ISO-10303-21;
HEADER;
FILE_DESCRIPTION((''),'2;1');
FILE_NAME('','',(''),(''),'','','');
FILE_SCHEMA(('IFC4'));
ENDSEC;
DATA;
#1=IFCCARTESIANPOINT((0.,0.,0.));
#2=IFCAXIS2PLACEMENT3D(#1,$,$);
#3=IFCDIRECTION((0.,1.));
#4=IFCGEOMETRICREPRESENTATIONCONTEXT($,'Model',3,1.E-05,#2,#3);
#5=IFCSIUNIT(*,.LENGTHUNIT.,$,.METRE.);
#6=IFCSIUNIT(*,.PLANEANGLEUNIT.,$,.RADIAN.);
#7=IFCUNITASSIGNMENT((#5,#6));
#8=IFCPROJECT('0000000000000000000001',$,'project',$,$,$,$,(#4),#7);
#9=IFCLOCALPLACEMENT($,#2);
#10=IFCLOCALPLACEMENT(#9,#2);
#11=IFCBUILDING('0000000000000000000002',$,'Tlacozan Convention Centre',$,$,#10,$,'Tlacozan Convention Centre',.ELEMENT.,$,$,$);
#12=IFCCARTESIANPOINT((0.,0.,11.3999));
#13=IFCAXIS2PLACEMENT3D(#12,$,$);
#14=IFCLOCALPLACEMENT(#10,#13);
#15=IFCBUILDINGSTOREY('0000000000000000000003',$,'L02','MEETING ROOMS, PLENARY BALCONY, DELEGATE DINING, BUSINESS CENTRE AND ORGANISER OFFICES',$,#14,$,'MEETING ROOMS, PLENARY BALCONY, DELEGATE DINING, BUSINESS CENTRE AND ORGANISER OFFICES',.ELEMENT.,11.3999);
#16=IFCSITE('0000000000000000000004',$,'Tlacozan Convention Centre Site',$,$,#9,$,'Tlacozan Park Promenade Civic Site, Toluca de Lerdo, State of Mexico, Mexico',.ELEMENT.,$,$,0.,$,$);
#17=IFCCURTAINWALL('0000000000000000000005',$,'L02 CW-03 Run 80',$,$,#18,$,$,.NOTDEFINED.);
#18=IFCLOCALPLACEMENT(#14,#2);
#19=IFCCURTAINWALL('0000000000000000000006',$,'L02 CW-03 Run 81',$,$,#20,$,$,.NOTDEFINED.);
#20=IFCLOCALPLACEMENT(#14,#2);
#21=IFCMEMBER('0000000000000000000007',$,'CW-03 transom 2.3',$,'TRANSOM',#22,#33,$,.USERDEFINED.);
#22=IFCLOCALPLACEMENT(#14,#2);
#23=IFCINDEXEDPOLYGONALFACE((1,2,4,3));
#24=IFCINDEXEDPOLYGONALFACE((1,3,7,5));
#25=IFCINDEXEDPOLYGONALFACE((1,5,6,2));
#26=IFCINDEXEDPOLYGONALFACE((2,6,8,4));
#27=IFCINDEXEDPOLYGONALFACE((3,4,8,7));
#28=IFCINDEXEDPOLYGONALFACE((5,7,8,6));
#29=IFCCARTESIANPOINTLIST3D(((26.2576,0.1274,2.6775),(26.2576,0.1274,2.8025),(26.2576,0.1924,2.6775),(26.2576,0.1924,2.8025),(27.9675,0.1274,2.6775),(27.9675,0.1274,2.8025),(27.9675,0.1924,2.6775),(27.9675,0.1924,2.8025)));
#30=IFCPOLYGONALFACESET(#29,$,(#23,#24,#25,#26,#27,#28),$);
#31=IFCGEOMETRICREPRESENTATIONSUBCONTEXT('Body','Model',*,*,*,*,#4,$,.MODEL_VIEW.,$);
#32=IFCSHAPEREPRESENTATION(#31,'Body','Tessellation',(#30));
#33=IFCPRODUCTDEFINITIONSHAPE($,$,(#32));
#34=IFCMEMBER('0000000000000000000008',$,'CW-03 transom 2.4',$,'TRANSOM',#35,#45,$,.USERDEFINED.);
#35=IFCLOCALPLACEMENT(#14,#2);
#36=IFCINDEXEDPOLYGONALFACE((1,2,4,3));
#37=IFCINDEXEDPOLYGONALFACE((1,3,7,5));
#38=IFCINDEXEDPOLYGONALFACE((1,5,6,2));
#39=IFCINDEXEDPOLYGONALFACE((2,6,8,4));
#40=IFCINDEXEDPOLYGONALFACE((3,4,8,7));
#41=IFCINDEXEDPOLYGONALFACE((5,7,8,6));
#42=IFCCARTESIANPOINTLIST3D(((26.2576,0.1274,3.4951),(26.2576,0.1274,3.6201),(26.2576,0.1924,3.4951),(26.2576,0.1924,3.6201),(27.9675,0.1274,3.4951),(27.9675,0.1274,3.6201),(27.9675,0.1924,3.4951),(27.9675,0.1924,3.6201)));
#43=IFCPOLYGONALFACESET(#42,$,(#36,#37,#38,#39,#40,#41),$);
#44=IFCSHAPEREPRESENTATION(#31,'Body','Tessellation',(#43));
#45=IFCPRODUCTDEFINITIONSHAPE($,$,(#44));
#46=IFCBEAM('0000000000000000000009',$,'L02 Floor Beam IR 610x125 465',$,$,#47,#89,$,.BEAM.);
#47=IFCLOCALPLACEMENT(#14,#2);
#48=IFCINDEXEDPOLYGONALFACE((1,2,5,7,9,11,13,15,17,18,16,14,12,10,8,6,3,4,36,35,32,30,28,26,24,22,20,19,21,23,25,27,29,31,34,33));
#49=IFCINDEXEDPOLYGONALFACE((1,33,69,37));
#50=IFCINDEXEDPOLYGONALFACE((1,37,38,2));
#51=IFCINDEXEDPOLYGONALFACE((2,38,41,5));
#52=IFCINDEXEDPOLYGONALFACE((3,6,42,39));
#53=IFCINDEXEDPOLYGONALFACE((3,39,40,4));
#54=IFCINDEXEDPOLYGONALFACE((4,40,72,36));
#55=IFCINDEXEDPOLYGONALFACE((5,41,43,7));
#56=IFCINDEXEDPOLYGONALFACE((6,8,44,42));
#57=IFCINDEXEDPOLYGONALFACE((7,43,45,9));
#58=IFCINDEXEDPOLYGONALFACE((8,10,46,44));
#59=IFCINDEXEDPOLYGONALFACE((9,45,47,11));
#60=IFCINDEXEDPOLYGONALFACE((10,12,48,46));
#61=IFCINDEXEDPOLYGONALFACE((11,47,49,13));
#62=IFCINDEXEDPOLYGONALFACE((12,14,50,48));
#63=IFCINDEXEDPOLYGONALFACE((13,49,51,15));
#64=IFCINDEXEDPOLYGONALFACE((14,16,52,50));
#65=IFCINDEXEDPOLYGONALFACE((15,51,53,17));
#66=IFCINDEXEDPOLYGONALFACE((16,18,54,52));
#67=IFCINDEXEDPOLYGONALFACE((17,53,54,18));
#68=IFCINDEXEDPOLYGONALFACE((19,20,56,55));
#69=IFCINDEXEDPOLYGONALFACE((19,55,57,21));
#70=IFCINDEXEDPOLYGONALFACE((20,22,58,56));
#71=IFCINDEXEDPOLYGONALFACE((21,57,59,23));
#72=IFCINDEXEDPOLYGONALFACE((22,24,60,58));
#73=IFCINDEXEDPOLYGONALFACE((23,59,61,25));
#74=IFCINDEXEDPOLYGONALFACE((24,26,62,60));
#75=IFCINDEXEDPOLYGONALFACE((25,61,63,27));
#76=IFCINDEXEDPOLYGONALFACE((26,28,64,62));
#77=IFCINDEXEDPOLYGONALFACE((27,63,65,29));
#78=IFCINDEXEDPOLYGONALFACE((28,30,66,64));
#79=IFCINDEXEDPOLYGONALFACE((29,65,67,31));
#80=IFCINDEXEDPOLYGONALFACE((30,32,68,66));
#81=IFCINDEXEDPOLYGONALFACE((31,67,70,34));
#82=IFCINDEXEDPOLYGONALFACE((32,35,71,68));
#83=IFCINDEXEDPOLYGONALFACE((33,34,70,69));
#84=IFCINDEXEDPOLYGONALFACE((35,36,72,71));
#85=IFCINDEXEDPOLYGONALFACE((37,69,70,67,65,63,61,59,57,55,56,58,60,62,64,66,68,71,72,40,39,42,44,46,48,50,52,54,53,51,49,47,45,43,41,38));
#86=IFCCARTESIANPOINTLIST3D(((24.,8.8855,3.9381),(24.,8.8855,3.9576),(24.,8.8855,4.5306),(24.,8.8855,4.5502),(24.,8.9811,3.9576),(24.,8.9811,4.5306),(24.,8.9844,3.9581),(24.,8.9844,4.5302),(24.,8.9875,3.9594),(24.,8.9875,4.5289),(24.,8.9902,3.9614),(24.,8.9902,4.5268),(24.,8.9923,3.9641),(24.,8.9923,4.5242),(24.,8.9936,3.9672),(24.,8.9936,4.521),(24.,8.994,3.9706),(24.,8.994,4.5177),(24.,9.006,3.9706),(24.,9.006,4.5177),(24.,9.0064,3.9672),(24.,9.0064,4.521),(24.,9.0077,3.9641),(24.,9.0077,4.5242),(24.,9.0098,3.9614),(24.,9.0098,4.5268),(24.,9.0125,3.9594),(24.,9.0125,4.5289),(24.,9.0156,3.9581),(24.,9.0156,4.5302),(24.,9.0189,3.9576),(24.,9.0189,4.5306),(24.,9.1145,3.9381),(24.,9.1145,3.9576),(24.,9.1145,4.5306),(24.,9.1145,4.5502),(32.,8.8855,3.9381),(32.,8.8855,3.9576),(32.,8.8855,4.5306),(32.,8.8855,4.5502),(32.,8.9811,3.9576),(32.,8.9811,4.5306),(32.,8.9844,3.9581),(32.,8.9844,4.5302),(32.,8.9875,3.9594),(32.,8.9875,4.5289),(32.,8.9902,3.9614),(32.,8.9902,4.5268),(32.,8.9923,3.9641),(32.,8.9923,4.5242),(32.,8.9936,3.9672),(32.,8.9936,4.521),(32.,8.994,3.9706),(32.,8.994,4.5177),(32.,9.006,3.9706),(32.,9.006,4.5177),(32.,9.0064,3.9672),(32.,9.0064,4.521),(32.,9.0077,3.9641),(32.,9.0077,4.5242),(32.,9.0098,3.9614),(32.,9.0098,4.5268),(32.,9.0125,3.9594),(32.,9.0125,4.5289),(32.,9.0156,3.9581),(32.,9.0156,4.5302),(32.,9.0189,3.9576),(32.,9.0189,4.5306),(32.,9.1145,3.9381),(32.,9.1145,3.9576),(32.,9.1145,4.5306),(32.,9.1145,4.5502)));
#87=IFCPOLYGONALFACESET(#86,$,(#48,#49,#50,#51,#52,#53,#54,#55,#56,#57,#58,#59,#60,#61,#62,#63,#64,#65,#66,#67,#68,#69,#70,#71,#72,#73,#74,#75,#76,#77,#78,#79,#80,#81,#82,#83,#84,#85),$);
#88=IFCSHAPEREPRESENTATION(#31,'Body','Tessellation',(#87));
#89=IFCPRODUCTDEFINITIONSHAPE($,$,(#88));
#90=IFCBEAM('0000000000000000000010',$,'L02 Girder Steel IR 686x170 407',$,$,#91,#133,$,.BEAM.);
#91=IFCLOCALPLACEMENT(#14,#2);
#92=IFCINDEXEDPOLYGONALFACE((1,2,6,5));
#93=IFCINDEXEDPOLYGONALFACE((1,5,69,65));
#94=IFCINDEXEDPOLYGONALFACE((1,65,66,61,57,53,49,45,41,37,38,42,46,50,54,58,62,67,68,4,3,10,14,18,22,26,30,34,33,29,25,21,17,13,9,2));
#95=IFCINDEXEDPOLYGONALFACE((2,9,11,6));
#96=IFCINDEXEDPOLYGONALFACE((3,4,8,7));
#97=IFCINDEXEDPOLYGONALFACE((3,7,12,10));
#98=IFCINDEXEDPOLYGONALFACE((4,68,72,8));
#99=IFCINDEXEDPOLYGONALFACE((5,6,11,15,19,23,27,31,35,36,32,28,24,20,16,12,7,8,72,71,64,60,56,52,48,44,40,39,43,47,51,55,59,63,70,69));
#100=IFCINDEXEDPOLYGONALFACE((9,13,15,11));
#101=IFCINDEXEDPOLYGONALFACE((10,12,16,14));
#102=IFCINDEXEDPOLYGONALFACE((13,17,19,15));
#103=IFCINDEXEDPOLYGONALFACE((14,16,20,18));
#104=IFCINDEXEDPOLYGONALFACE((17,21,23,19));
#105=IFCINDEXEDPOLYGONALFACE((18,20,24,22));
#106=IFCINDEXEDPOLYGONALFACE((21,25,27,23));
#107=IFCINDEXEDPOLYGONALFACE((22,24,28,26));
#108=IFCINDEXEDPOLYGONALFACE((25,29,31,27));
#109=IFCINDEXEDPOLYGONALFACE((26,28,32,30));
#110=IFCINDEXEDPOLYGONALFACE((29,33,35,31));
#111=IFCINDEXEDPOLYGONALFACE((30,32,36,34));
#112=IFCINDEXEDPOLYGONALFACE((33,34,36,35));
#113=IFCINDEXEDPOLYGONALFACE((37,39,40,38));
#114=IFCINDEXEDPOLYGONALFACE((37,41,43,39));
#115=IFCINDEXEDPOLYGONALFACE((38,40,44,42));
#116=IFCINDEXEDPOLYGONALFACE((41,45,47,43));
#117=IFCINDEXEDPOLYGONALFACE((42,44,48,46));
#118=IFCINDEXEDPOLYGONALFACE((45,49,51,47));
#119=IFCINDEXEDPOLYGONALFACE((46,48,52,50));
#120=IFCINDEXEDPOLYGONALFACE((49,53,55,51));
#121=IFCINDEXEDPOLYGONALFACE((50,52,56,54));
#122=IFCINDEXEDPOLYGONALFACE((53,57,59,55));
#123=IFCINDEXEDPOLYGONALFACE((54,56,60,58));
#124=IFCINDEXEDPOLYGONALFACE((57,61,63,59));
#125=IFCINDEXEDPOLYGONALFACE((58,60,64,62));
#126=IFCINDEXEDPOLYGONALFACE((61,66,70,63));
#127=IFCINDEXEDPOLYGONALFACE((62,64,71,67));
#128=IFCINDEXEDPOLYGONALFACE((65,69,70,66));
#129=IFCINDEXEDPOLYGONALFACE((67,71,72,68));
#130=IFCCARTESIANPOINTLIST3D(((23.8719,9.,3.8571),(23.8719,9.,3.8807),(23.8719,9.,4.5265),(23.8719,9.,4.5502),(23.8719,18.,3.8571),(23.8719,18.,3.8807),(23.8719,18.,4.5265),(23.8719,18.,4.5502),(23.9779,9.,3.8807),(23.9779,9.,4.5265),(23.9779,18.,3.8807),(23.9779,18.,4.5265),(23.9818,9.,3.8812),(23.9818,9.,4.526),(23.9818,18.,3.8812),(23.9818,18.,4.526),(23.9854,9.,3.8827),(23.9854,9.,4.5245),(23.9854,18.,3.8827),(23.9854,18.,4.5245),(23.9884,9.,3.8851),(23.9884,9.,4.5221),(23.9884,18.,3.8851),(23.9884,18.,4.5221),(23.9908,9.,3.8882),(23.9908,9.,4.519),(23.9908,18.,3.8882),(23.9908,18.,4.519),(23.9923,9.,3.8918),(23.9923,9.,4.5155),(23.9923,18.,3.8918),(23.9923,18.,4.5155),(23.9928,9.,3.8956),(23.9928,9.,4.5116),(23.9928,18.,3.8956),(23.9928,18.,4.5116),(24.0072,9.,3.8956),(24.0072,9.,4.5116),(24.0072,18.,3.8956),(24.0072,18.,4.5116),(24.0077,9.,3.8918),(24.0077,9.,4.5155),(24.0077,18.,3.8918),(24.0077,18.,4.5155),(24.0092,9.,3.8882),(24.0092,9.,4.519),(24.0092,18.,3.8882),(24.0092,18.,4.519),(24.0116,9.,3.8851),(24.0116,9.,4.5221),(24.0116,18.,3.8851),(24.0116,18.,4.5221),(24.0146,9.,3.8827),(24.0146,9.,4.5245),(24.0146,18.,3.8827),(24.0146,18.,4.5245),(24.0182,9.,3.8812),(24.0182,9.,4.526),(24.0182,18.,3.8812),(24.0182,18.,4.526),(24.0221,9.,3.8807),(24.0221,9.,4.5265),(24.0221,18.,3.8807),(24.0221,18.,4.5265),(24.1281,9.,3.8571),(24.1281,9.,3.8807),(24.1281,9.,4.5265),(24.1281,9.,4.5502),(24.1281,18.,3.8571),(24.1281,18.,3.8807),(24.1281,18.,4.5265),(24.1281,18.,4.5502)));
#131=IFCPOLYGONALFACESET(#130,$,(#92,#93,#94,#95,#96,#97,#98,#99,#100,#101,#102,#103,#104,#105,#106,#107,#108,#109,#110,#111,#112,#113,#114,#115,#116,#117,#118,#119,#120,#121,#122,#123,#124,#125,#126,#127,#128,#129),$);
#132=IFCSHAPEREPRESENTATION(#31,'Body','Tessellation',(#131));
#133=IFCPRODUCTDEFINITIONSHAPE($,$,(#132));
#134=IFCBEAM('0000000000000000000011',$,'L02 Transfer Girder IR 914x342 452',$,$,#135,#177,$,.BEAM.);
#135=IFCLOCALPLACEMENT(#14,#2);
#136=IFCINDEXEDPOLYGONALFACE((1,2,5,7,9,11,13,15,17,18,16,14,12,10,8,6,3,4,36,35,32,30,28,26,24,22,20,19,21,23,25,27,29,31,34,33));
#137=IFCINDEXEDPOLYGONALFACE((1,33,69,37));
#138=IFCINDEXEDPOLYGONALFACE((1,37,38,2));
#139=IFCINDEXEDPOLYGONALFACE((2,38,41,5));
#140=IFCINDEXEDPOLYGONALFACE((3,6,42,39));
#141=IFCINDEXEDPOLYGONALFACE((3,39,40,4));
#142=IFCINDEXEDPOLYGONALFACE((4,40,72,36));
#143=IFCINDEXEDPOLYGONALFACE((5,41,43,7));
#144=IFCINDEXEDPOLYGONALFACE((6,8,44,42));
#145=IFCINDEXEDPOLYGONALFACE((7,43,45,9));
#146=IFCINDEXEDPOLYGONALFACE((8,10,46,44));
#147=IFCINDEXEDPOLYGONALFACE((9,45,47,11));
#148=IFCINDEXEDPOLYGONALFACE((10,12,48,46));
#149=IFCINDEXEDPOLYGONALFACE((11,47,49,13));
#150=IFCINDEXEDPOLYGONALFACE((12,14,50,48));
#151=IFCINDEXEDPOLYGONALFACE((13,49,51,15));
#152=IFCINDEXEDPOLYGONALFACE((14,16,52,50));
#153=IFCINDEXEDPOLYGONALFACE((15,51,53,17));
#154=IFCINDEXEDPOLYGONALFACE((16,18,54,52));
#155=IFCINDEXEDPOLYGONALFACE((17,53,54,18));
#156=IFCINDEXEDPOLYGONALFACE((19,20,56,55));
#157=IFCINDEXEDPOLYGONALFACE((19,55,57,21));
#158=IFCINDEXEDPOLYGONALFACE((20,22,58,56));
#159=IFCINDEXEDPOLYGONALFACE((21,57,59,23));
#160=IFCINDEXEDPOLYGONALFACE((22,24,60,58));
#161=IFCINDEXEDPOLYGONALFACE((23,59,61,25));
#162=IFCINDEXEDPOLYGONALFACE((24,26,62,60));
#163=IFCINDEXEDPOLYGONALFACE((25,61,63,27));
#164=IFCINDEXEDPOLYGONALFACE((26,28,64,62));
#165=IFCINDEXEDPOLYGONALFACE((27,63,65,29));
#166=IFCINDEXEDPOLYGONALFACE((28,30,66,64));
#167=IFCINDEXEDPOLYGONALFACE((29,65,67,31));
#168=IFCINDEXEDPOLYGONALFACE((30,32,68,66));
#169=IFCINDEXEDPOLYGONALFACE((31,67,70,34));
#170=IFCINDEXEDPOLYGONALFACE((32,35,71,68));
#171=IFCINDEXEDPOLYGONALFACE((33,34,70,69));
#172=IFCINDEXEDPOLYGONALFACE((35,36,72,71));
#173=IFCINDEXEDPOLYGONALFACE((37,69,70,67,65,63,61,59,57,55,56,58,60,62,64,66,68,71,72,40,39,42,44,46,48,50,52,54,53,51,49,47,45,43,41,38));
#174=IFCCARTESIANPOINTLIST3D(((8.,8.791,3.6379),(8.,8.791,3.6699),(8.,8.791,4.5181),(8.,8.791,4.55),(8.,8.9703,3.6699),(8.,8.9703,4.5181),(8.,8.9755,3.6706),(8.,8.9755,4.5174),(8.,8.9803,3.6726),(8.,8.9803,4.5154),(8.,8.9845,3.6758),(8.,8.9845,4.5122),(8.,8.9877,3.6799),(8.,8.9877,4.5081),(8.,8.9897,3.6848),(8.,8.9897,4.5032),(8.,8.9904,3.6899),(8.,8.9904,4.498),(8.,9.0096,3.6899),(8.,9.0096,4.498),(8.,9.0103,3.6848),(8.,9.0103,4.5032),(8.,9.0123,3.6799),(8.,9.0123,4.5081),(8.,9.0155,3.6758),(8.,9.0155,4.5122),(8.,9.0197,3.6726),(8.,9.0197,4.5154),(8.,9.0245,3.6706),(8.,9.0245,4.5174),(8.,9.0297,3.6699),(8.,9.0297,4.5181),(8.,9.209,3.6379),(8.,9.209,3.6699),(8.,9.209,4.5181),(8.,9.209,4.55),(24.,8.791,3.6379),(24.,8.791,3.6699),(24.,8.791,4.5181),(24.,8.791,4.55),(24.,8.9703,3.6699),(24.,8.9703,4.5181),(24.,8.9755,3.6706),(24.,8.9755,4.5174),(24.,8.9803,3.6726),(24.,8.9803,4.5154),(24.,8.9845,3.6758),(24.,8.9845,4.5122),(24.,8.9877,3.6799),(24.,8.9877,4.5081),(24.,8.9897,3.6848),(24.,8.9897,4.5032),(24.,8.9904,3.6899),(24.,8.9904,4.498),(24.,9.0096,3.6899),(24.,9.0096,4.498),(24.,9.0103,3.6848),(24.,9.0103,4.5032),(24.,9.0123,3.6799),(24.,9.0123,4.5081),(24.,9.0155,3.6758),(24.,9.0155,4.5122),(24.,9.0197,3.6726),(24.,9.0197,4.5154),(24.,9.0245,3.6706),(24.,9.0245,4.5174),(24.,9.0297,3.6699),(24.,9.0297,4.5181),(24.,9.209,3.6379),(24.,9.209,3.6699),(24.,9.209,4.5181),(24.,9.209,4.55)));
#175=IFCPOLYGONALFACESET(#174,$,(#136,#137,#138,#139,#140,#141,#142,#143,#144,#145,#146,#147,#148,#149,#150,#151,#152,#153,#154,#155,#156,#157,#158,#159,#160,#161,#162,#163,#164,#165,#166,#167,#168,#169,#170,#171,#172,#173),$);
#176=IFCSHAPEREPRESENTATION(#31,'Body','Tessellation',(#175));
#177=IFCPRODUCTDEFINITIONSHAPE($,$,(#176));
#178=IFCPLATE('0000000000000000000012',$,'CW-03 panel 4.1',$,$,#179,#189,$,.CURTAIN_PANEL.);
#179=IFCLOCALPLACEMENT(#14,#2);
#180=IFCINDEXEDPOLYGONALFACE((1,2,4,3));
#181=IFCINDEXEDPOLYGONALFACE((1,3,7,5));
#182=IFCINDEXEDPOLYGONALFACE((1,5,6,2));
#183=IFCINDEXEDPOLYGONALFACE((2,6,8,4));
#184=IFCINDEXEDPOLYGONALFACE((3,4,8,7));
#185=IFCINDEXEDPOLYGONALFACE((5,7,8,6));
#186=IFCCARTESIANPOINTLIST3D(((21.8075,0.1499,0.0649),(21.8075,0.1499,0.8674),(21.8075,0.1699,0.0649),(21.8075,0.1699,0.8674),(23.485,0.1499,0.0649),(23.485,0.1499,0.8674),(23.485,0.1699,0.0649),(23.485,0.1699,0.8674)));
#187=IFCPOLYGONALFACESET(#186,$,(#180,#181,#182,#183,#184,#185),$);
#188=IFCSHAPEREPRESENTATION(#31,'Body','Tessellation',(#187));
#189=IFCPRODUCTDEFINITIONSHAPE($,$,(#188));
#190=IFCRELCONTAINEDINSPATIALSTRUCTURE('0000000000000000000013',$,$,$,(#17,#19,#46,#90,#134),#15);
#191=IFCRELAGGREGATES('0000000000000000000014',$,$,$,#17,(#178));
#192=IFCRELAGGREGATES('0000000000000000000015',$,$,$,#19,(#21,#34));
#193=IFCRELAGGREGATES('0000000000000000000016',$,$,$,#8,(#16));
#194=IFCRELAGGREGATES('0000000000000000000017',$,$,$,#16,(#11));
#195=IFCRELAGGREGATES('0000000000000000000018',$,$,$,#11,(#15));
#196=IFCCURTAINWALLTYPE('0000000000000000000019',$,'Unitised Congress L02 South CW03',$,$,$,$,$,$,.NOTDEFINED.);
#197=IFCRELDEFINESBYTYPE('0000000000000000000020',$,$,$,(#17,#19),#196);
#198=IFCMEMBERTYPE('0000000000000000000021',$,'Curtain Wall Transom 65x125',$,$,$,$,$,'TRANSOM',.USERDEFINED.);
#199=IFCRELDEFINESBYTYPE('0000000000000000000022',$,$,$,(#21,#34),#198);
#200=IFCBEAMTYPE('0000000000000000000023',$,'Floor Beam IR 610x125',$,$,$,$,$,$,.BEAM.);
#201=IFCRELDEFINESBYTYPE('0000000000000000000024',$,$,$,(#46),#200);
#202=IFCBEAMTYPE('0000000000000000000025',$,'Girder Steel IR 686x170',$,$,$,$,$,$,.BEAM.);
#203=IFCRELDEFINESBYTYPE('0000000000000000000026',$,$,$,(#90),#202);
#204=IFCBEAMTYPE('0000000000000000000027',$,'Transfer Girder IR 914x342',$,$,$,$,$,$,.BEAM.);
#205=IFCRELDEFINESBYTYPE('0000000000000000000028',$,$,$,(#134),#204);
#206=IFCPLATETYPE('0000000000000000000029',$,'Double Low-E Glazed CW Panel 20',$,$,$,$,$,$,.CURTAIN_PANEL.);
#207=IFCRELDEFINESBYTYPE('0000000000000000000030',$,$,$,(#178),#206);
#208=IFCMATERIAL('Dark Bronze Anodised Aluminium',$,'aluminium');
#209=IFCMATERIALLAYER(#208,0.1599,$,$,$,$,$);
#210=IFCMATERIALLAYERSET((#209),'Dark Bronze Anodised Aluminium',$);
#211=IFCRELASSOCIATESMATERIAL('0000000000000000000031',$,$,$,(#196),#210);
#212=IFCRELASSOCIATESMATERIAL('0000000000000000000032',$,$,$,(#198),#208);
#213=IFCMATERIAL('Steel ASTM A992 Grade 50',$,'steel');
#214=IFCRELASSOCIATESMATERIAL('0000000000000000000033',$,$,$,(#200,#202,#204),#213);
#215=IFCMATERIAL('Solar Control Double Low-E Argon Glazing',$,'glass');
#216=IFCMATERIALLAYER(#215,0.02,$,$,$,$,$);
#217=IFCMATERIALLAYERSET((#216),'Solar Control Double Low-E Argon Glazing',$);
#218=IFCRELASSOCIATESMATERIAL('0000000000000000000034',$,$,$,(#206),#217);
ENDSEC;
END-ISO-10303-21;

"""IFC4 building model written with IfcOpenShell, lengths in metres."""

from ifc_helpers import new_model, si_unit, direction, frame, origin, origin_2d, place, context, subcontext, project, spatial, rectangle, i_section, extrude, material, layer, layer_set, material_profile, profile_set, type_object, element, aggregate, save


model = new_model("IFC4")

# Units and contexts
model_context = context("Model", 3, precision=1e-05, world=origin(), true_north=direction((0.0, 1.0)))
body_context = subcontext(model_context, "Body", "Model", "MODEL_VIEW")
ifc_project = project(units=[si_unit("LENGTHUNIT", "METRE"), si_unit("PLANEANGLEUNIT", "RADIAN")], contexts=[model_context])

# Site, building, storey
site_placement = place(None, origin())
site = spatial("IfcSite", under=ifc_project, at=site_placement, Name="Tlacozan Convention Centre Site", LongName="Tlacozan Park Promenade Civic Site, Toluca de Lerdo, State of Mexico, Mexico", CompositionType="ELEMENT", RefElevation=0.0)
building_placement = place(site_placement, origin())
building = spatial("IfcBuilding", under=site, at=building_placement, Name="Tlacozan Convention Centre", LongName="Tlacozan Convention Centre", CompositionType="ELEMENT")
storey_placement = place(building_placement, frame((0.0, 0.0, 11.3999)))
storey = spatial("IfcBuildingStorey", under=building, at=storey_placement, Name="L02", Description="MEETING ROOMS, PLENARY BALCONY, DELEGATE DINING, BUSINESS CENTRE AND ORGANISER OFFICES", LongName="MEETING ROOMS, PLENARY BALCONY, DELEGATE DINING, BUSINESS CENTRE AND ORGANISER OFFICES", CompositionType="ELEMENT", Elevation=11.3999)

# Curtain wall
ifc_material_1 = material(Name="Dark Bronze Anodised Aluminium", Category="aluminium")
ifc_layer_1 = layer(ifc_material_1, 0.1599)
ifc_layer_set_1 = layer_set([ifc_layer_1], Name="Dark Bronze Anodised Aluminium")
curtain_wall_type = type_object("IfcCurtainWallType", Name="Unitised Congress L02 South CW03", PredefinedType="NOTDEFINED", material=ifc_layer_set_1)
curtain_wall_1_placement = place(storey_placement, origin())
curtain_wall_1 = element("IfcCurtainWall", 1, at=curtain_wall_1_placement, inside=storey, type_object=curtain_wall_type, Name="L02 CW-03 Run 80", PredefinedType="NOTDEFINED")

# Curtain wall
curtain_wall_2_placement = place(storey_placement, origin())
curtain_wall_2 = element("IfcCurtainWall", 2, at=curtain_wall_2_placement, inside=storey, type_object=curtain_wall_type, Name="L02 CW-03 Run 81", PredefinedType="NOTDEFINED")

# Members
ifc_material_profile_1 = material_profile(ifc_material_1, rectangle(XDim=0.0649, YDim=0.125, at=origin_2d()), Name="ALU 65x125")
ifc_profile_set_1 = profile_set([ifc_material_profile_1], Name="Dark Bronze Anodised Aluminium")
member_type_1 = type_object("IfcMemberType", Name="Curtain Wall Transom 65x125", ElementType="TRANSOM", PredefinedType="USERDEFINED", material=ifc_profile_set_1)
member_1_placement = place(storey_placement, frame((26.2576, 0.1599, 2.74), z_axis=(1.0, 0.0, 0.0), x_axis=(0.0, 1.0, 0.0)))
member_1 = element("IfcMember", 3, at=member_1_placement, type_object=member_type_1, Name="CW-03 transom 2.3", ObjectType="TRANSOM", PredefinedType="USERDEFINED", context=body_context, shape_type="SweptSolid", body=[
    extrude(rectangle(XDim=0.0649, YDim=0.125, at=origin_2d()), origin(), (0.0, 0.0, 1.0), 1.71),
])
member_2_placement = place(storey_placement, frame((26.2576, 0.1599, 3.5576), z_axis=(1.0, 0.0, 0.0), x_axis=(0.0, 1.0, 0.0)))
member_2 = element("IfcMember", 4, at=member_2_placement, type_object=member_type_1, Name="CW-03 transom 2.4", ObjectType="TRANSOM", PredefinedType="USERDEFINED", context=body_context, shape_type="SweptSolid", body=[
    extrude(rectangle(XDim=0.0649, YDim=0.125, at=origin_2d()), origin(), (0.0, 0.0, 1.0), 1.71),
])

# Beams
ifc_material_2 = material(Name="Steel ASTM A992 Grade 50", Category="steel")
ifc_material_profile_2 = material_profile(ifc_material_2, i_section(OverallWidth=0.229, OverallDepth=0.6121, WebThickness=0.012, FlangeThickness=0.0195, FilletRadius=0.0129, at=origin_2d()), Name="IR 610x125.0")
ifc_profile_set_2 = profile_set([ifc_material_profile_2], Name="Steel ASTM A992 Grade 50")
beam_type_1 = type_object("IfcBeamType", Name="Floor Beam IR 610x125", PredefinedType="BEAM", material=ifc_profile_set_2)
beam_1_placement = place(storey_placement, frame((24.0, 9.0, 4.2441), z_axis=(1.0, 0.0, 0.0), x_axis=(0.0, 1.0, 0.0)))
element("IfcBeam", 5, at=beam_1_placement, inside=storey, type_object=beam_type_1, Name="L02 Floor Beam IR 610x125 465", PredefinedType="BEAM", context=body_context, shape_type="SweptSolid", body=[
    extrude(i_section(OverallWidth=0.229, OverallDepth=0.6121, WebThickness=0.012, FlangeThickness=0.0195, FilletRadius=0.0129, at=origin_2d()), origin(), (0.0, 0.0, 1.0), 8.0),
])
ifc_material_profile_3 = material_profile(ifc_material_2, i_section(OverallWidth=0.2561, OverallDepth=0.6931, WebThickness=0.0144, FlangeThickness=0.0237, FilletRadius=0.0149, at=origin_2d()), Name="IR 686x170.0")
ifc_profile_set_3 = profile_set([ifc_material_profile_3], Name="Steel ASTM A992 Grade 50")
beam_type_2 = type_object("IfcBeamType", Name="Girder Steel IR 686x170", PredefinedType="BEAM", material=ifc_profile_set_3)
beam_2_placement = place(storey_placement, frame((24.0, 9.0, 4.2036), z_axis=(0.0, 1.0, 0.0), x_axis=(-1.0, 0.0, 0.0)))
element("IfcBeam", 6, at=beam_2_placement, inside=storey, type_object=beam_type_2, Name="L02 Girder Steel IR 686x170 407", PredefinedType="BEAM", context=body_context, shape_type="SweptSolid", body=[
    extrude(i_section(OverallWidth=0.2561, OverallDepth=0.6931, WebThickness=0.0144, FlangeThickness=0.0237, FilletRadius=0.0149, at=origin_2d()), origin(), (0.0, 0.0, 1.0), 9.0),
])
ifc_material_profile_4 = material_profile(ifc_material_2, i_section(OverallWidth=0.418, OverallDepth=0.9121, WebThickness=0.0193, FlangeThickness=0.032, FilletRadius=0.02, at=origin_2d()), Name="IR 914x342.0")
ifc_profile_set_4 = profile_set([ifc_material_profile_4], Name="Steel ASTM A992 Grade 50")
beam_type_3 = type_object("IfcBeamType", Name="Transfer Girder IR 914x342", PredefinedType="BEAM", material=ifc_profile_set_4)
beam_3_placement = place(storey_placement, frame((24.0, 9.0, 4.094), z_axis=(-1.0, 0.0, 0.0), x_axis=(0.0, -1.0, 0.0)))
element("IfcBeam", 7, at=beam_3_placement, inside=storey, type_object=beam_type_3, Name="L02 Transfer Girder IR 914x342 452", PredefinedType="BEAM", context=body_context, shape_type="SweptSolid", body=[
    extrude(i_section(OverallWidth=0.418, OverallDepth=0.9121, WebThickness=0.0193, FlangeThickness=0.032, FilletRadius=0.02, at=origin_2d()), origin(), (0.0, 0.0, 1.0), 16.0),
])

# Plate
ifc_material_3 = material(Name="Solar Control Double Low-E Argon Glazing", Category="glass")
ifc_layer_2 = layer(ifc_material_3, 0.02)
ifc_layer_set_2 = layer_set([ifc_layer_2], Name="Solar Control Double Low-E Argon Glazing")
plate_type_1 = type_object("IfcPlateType", Name="Double Low-E Glazed CW Panel 20", PredefinedType="CURTAIN_PANEL", material=ifc_layer_set_2)
plate_1_placement = place(storey_placement, frame((22.6462, 0.1599, 0.0649), z_axis=(0.0, 0.0, 1.0), x_axis=(1.0, 0.0, 0.0)))
plate_1 = element("IfcPlate", 8, at=plate_1_placement, type_object=plate_type_1, Name="CW-03 panel 4.1", PredefinedType="CURTAIN_PANEL", context=body_context, shape_type="SweptSolid", body=[
    extrude(rectangle(XDim=1.6775, YDim=0.02, at=origin_2d()), origin(), (0.0, 0.0, 1.0), 0.8025),
])
aggregate(curtain_wall_1, [plate_1])
aggregate(curtain_wall_2, [member_1, member_2])

save(model, "model.ifc")
